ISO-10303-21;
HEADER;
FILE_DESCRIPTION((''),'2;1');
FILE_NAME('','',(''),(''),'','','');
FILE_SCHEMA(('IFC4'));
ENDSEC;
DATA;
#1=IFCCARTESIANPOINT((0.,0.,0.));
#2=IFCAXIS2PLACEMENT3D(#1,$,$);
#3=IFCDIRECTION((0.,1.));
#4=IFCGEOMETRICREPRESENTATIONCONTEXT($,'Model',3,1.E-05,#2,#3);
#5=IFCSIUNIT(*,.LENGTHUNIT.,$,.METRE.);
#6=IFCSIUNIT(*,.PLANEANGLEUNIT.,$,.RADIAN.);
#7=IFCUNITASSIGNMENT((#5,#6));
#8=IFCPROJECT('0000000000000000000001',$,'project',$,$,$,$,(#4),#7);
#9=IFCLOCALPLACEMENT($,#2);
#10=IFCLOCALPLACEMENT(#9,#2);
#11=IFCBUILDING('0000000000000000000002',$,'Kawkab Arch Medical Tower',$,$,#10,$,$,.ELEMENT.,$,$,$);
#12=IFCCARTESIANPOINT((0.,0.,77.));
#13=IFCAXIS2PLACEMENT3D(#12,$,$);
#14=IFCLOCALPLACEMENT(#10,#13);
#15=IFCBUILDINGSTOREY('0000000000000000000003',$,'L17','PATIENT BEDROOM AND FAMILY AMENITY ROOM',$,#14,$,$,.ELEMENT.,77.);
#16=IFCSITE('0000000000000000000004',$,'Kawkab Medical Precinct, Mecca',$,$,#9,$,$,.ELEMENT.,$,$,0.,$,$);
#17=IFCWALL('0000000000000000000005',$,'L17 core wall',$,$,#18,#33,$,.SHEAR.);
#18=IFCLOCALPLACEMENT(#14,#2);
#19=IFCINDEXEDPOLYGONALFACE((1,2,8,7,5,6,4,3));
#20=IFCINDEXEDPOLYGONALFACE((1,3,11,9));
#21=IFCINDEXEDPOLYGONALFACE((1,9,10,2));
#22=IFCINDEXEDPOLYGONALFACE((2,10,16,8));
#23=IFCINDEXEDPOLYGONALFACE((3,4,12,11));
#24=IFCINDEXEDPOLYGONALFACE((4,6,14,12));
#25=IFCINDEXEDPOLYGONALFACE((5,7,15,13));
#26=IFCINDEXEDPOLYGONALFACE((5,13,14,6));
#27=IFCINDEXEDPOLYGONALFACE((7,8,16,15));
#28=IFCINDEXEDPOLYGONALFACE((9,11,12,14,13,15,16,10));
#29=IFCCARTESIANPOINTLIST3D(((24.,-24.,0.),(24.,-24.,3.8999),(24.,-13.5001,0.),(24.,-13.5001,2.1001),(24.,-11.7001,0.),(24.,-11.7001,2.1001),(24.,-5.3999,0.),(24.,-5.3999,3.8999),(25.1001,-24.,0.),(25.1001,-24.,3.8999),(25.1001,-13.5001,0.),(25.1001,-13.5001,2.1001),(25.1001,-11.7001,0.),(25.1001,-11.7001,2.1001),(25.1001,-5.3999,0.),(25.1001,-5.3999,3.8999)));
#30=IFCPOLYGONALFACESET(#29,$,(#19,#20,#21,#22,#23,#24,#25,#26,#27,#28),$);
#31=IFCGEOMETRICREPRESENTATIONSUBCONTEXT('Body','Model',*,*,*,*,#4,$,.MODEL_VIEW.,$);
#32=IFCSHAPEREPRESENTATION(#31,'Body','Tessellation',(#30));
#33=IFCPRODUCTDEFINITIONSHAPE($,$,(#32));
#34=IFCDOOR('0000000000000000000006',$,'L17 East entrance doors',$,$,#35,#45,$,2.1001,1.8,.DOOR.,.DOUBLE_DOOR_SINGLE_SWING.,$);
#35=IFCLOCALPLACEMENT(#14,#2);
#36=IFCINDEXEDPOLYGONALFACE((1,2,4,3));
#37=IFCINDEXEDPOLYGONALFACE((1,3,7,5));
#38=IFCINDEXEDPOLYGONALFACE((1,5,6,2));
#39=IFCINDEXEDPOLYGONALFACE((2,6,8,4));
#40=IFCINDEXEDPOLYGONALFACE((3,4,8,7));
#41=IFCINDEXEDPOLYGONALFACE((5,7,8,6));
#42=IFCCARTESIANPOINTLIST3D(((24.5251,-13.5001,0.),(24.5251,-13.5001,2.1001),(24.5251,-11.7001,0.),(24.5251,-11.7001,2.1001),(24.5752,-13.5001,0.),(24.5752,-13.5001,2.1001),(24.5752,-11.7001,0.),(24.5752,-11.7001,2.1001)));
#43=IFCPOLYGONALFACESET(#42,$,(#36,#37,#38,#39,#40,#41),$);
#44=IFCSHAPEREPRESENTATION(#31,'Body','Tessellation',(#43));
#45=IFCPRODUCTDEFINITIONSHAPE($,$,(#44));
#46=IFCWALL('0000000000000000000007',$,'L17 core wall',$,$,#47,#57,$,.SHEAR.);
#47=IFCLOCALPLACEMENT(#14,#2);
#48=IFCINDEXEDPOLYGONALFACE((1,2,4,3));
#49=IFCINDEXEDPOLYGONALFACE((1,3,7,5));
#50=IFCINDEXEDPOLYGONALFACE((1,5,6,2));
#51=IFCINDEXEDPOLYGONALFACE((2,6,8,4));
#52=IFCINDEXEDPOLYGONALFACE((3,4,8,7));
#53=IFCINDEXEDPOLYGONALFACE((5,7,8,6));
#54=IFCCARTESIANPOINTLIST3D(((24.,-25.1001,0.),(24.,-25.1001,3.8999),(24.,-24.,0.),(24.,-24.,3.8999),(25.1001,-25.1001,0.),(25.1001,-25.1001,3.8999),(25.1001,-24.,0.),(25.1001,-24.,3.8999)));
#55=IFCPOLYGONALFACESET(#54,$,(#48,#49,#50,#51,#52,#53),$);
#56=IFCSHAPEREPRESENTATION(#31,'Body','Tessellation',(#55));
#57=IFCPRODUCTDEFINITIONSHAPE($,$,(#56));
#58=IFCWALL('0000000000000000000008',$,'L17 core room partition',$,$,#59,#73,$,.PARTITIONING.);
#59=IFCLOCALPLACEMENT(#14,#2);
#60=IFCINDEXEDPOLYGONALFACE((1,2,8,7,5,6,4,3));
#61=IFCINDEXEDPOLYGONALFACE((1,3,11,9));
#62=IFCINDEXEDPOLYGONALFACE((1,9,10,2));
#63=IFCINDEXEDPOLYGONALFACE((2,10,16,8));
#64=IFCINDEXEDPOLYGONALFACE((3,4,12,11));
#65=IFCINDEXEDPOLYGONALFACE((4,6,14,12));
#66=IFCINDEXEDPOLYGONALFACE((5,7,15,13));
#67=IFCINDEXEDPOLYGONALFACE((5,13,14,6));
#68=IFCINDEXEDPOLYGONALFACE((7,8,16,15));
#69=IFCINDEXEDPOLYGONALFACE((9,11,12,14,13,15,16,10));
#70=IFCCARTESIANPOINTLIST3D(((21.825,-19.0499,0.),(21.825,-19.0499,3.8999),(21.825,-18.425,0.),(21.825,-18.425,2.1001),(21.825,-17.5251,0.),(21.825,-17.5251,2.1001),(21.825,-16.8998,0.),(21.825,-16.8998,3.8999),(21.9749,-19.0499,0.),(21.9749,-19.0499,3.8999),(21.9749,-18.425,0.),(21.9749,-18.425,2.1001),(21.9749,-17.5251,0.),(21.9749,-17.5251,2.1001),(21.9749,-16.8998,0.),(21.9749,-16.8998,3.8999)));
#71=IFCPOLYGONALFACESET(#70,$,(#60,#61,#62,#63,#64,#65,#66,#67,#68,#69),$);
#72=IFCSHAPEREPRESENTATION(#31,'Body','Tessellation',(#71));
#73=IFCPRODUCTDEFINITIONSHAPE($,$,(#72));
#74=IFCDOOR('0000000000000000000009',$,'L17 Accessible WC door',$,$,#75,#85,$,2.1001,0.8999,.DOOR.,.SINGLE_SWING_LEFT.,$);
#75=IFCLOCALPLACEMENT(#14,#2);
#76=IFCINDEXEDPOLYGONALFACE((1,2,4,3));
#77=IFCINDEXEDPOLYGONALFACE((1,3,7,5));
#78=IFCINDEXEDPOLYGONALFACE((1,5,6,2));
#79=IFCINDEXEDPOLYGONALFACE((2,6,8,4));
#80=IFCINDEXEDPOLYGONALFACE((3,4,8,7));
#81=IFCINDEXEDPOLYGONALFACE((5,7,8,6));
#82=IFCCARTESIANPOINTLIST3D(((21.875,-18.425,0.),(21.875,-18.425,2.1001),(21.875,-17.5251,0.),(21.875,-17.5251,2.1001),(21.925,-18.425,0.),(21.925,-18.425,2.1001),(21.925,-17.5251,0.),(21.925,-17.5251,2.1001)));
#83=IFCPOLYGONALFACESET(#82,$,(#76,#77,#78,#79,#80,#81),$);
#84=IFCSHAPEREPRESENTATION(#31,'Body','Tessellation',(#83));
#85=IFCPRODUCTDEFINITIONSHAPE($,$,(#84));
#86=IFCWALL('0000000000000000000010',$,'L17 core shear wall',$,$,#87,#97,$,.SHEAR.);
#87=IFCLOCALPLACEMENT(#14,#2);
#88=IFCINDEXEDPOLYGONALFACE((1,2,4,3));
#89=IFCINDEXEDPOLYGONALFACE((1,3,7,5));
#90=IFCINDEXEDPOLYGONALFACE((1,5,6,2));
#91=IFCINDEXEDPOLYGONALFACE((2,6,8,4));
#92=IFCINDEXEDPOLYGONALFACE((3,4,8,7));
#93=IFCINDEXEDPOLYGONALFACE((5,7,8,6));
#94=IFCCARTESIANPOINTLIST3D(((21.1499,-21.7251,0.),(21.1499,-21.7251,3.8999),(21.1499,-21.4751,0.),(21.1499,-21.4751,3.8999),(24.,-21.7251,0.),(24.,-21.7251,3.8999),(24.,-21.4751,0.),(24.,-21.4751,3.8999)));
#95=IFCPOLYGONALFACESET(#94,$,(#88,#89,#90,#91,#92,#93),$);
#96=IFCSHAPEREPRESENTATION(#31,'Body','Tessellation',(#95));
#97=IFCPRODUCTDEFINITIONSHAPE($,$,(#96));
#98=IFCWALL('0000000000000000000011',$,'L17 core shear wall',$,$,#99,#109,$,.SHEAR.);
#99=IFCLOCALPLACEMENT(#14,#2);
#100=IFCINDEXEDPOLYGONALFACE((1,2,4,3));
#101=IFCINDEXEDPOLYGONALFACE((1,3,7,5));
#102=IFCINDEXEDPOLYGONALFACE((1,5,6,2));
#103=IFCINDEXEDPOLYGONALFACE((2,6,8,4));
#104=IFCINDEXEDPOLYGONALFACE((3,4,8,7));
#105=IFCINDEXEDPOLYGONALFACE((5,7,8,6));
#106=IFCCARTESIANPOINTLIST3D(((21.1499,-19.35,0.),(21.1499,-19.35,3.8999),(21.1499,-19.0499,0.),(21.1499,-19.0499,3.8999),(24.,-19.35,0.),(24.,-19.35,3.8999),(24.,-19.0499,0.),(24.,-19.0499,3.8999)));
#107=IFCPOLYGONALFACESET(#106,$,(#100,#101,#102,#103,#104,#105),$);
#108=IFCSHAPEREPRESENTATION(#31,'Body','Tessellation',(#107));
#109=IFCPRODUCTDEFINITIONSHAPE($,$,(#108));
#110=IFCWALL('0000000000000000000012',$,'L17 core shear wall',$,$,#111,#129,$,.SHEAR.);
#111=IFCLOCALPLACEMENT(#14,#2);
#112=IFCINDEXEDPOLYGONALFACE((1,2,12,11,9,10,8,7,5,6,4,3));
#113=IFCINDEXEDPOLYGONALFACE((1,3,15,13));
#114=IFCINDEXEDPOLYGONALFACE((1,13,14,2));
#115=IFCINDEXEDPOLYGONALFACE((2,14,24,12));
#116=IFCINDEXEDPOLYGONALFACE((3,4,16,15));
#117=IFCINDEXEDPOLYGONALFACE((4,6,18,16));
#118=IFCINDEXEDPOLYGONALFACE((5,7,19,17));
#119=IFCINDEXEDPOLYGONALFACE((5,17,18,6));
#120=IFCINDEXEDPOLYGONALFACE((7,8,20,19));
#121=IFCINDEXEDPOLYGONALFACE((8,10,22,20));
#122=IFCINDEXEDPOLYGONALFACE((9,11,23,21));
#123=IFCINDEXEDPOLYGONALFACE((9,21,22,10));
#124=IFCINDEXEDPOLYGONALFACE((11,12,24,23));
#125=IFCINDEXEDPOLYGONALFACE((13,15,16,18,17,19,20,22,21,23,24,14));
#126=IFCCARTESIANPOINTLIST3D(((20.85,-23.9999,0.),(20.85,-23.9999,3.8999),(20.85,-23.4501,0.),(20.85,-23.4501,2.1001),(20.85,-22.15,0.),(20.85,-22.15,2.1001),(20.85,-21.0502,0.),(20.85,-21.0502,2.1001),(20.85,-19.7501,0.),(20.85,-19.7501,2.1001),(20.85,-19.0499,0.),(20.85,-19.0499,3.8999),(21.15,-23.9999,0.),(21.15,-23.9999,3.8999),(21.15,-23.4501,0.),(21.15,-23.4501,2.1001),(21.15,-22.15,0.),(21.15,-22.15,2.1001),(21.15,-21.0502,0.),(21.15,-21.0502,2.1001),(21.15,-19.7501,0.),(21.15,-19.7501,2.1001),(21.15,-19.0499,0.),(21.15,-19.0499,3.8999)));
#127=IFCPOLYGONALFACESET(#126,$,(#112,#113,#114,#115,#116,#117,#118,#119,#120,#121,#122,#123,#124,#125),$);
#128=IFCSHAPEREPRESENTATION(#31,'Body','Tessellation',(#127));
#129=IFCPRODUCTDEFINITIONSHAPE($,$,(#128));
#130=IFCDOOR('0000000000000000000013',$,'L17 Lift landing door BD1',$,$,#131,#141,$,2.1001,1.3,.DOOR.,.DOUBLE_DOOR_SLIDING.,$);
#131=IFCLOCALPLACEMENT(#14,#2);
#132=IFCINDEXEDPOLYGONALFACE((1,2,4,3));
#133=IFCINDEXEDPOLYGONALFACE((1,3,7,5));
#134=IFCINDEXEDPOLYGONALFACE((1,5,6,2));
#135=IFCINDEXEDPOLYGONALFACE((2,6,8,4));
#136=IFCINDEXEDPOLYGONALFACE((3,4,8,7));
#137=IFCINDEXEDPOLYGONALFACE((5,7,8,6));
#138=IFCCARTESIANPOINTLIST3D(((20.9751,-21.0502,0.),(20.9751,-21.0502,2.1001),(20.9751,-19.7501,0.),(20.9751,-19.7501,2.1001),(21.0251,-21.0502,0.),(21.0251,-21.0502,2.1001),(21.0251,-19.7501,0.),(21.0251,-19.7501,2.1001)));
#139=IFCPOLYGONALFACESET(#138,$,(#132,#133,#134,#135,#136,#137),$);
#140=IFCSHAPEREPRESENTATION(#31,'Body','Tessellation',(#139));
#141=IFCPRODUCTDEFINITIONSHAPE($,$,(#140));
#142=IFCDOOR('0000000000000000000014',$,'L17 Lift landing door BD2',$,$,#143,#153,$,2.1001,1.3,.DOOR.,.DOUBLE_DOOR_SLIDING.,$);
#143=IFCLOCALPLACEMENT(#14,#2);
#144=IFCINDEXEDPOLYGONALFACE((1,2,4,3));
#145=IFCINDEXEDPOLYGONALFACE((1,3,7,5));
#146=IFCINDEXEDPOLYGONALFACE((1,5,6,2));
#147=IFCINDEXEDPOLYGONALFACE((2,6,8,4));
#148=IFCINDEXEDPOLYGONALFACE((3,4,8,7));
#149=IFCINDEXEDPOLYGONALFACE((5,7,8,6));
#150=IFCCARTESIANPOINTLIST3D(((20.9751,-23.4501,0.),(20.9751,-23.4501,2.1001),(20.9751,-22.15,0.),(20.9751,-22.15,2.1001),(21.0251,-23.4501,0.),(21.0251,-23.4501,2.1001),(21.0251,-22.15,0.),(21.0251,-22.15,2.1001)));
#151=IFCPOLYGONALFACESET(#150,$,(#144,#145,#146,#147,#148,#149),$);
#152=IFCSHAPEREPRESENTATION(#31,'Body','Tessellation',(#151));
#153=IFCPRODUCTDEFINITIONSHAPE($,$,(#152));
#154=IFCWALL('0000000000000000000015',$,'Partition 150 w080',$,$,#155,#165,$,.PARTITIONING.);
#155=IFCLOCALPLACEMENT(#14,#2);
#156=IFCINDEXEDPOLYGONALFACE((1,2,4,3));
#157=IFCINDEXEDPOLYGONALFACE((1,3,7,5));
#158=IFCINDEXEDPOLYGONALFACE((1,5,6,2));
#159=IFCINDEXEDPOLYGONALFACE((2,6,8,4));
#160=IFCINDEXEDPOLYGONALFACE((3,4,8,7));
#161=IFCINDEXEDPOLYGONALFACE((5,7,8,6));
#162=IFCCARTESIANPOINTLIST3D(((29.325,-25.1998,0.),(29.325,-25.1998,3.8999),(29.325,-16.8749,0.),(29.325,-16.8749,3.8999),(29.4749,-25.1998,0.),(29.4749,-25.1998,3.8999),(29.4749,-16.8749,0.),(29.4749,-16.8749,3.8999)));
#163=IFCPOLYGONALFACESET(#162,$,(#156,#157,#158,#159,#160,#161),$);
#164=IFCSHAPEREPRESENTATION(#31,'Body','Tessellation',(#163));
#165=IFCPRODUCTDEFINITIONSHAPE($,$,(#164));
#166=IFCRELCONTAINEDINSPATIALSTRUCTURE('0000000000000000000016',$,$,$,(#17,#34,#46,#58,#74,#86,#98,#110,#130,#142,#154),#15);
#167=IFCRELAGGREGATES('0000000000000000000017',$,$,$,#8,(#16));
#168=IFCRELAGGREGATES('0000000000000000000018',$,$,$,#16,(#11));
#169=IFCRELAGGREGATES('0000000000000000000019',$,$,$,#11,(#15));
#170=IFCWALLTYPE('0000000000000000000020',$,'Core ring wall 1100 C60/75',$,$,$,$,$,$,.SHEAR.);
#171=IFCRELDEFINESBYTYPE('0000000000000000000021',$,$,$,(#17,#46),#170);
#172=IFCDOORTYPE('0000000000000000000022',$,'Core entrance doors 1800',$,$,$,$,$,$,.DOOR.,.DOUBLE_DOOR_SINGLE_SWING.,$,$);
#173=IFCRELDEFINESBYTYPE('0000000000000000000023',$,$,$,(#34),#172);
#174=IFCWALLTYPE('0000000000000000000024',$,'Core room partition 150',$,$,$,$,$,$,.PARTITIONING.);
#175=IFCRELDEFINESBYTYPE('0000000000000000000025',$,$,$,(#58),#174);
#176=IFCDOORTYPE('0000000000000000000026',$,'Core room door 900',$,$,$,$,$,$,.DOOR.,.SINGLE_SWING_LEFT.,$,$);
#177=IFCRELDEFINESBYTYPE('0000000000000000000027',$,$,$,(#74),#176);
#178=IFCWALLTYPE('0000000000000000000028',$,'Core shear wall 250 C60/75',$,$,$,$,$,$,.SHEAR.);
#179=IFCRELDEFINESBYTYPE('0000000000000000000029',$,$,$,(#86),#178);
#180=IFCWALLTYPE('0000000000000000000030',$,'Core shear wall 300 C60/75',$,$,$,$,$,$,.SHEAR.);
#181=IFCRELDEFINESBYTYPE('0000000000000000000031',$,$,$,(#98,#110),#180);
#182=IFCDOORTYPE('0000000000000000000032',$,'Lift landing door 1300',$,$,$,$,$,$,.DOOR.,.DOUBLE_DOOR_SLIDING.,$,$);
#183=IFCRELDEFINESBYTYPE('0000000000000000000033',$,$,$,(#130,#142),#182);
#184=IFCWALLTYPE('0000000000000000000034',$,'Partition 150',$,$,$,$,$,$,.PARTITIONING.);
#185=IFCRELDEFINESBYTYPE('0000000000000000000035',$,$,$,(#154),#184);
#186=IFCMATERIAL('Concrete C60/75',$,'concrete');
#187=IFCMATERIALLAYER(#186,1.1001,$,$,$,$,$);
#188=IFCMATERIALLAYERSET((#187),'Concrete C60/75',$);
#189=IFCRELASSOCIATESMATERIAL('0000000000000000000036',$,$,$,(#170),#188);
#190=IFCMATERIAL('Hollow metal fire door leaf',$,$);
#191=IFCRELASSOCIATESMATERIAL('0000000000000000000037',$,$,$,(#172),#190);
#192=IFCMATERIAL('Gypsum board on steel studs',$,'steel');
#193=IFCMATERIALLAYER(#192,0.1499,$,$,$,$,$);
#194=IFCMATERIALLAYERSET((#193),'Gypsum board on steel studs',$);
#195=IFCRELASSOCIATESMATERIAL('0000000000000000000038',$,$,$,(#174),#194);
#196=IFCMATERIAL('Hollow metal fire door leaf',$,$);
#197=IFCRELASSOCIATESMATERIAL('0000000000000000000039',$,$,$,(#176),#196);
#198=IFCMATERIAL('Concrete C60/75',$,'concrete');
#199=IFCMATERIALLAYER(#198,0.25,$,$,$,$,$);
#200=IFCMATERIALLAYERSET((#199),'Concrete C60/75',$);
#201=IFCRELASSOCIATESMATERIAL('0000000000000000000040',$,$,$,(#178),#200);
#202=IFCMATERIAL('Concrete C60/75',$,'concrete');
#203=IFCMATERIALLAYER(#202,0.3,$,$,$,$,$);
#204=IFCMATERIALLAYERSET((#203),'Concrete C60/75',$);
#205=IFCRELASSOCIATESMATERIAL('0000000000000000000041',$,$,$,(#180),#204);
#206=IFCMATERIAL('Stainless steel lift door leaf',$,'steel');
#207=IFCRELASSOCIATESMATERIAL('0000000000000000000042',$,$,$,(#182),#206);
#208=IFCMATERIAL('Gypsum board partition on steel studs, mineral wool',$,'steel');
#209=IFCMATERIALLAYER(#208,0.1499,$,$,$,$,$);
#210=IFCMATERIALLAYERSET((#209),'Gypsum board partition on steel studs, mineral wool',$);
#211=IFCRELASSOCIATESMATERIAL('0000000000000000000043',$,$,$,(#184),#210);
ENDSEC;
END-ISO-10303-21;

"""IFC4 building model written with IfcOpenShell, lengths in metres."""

from ifc_helpers import new_model, si_unit, direction, frame, frame_2d, origin, place, context, subcontext, project, spatial, rectangle, extrude, material, layer, layer_set, type_object, element, fill, save


model = new_model("IFC4")

# Units and contexts
model_context = context("Model", 3, precision=1e-05, world=origin(), true_north=direction((0.0, 1.0)))
body_context = subcontext(model_context, "Body", "Model", "MODEL_VIEW")
ifc_project = project(units=[si_unit("LENGTHUNIT", "METRE"), si_unit("PLANEANGLEUNIT", "RADIAN")], contexts=[model_context])

# Site, building, storey
site_placement = place(None, origin())
site = spatial("IfcSite", under=ifc_project, at=site_placement, Name="Kawkab Medical Precinct, Mecca", CompositionType="ELEMENT", RefElevation=0.0)
building_placement = place(site_placement, origin())
building = spatial("IfcBuilding", under=site, at=building_placement, Name="Kawkab Arch Medical Tower", CompositionType="ELEMENT")
storey_placement = place(building_placement, frame((0.0, 0.0, 77.0)))
storey = spatial("IfcBuildingStorey", under=building, at=storey_placement, Name="L17", Description="PATIENT BEDROOM AND FAMILY AMENITY ROOM", CompositionType="ELEMENT", Elevation=77.0)

# Wall, opening, door
ifc_material_1 = material(Name="Concrete C60/75", Category="concrete")
ifc_layer_1 = layer(ifc_material_1, 1.1001)
ifc_layer_set_1 = layer_set([ifc_layer_1], Name="Concrete C60/75")
wall_type_1 = type_object("IfcWallType", Name="Core ring wall 1100 C60/75", PredefinedType="SHEAR", material=ifc_layer_set_1)
wall_1_placement = place(storey_placement, frame((24.55, -24.0, 0.0), z_axis=(0.0, 0.0, 1.0), x_axis=(0.0, 1.0, 0.0)))
wall_1 = element("IfcWall", 1, at=wall_1_placement, inside=storey, type_object=wall_type_1, Name="L17 core wall", PredefinedType="SHEAR", context=body_context, shape_type="SweptSolid", body=[
    extrude(rectangle(XDim=18.6001, YDim=1.1001, at=frame_2d((9.3, 0.0))), origin(), (0.0, 0.0, 1.0), 3.8999),
])
opening_1_placement = place(wall_1_placement, frame((10.5, 0.0, 0.0)))
opening_1 = element("IfcOpeningElement", 2, at=opening_1_placement, cuts=wall_1, PredefinedType="OPENING", context=body_context, shape_type="SweptSolid", body=[
    extrude(rectangle(XDim=1.8, YDim=2.1001, at=frame_2d((0.8999, 1.05))), frame((0.0, 0.5601, 0.0), z_axis=(0.0, -1.0, 0.0), x_axis=(1.0, 0.0, 0.0)), (0.0, 0.0, 1.0), 1.1201),
])
ifc_material_2 = material(Name="Hollow metal fire door leaf")
door_type_1 = type_object("IfcDoorType", Name="Core entrance doors 1800", OperationType="DOUBLE_DOOR_SINGLE_SWING", PredefinedType="DOOR", material=ifc_material_2)
door_1_placement = place(opening_1_placement, origin())
door_1 = element("IfcDoor", 3, at=door_1_placement, inside=storey, type_object=door_type_1, Name="L17 East entrance doors", OperationType="DOUBLE_DOOR_SINGLE_SWING", OverallHeight=2.1001, OverallWidth=1.8, PredefinedType="DOOR", context=body_context, shape_type="SweptSolid", body=[
    extrude(rectangle(XDim=1.8, YDim=2.1001, at=frame_2d((0.8999, 1.05))), frame((0.0, 0.0249, 0.0), z_axis=(0.0, -1.0, 0.0), x_axis=(1.0, 0.0, 0.0)), (0.0, 0.0, 1.0), 0.05),
])
fill(opening_1, door_1)

# Wall
wall_2_placement = place(storey_placement, frame((24.55, -25.1001, 0.0), z_axis=(0.0, 0.0, 1.0), x_axis=(0.0, 1.0, 0.0)))
element("IfcWall", 4, at=wall_2_placement, inside=storey, type_object=wall_type_1, Name="L17 core wall", PredefinedType="SHEAR", context=body_context, shape_type="SweptSolid", body=[
    extrude(rectangle(XDim=1.1001, YDim=1.1001, at=frame_2d((0.55, 0.0))), origin(), (0.0, 0.0, 1.0), 3.8999),
])

# Wall, opening, door
ifc_material_3 = material(Name="Gypsum board on steel studs", Category="steel")
ifc_layer_2 = layer(ifc_material_3, 0.1499)
ifc_layer_set_2 = layer_set([ifc_layer_2], Name="Gypsum board on steel studs")
wall_type_2 = type_object("IfcWallType", Name="Core room partition 150", PredefinedType="PARTITIONING", material=ifc_layer_set_2)
wall_3_placement = place(storey_placement, frame((21.8999, -19.05, 0.0), z_axis=(0.0, 0.0, 1.0), x_axis=(0.0, 1.0, 0.0)))
wall_3 = element("IfcWall", 5, at=wall_3_placement, inside=storey, type_object=wall_type_2, Name="L17 core room partition", PredefinedType="PARTITIONING", context=body_context, shape_type="SweptSolid", body=[
    extrude(rectangle(XDim=2.1501, YDim=0.1499, at=frame_2d((1.0752, 0.0))), origin(), (0.0, 0.0, 1.0), 3.8999),
])
opening_2_placement = place(wall_3_placement, frame((0.625, 0.0, 0.0)))
opening_2 = element("IfcOpeningElement", 6, at=opening_2_placement, cuts=wall_3, PredefinedType="OPENING", context=body_context, shape_type="SweptSolid", body=[
    extrude(rectangle(XDim=0.8999, YDim=2.1001, at=frame_2d((0.45, 1.05))), frame((0.0, 0.085, 0.0), z_axis=(0.0, -1.0, 0.0), x_axis=(1.0, 0.0, 0.0)), (0.0, 0.0, 1.0), 0.1699),
])
ifc_material_4 = material(Name="Hollow metal fire door leaf")
door_type_2 = type_object("IfcDoorType", Name="Core room door 900", OperationType="SINGLE_SWING_LEFT", PredefinedType="DOOR", material=ifc_material_4)
door_2_placement = place(opening_2_placement, origin())
door_2 = element("IfcDoor", 7, at=door_2_placement, inside=storey, type_object=door_type_2, Name="L17 Accessible WC door", OperationType="SINGLE_SWING_LEFT", OverallHeight=2.1001, OverallWidth=0.8999, PredefinedType="DOOR", context=body_context, shape_type="SweptSolid", body=[
    extrude(rectangle(XDim=0.8999, YDim=2.1001, at=frame_2d((0.45, 1.05))), frame((0.0, 0.0249, 0.0), z_axis=(0.0, -1.0, 0.0), x_axis=(1.0, 0.0, 0.0)), (0.0, 0.0, 1.0), 0.05),
])
fill(opening_2, door_2)

# Walls
ifc_material_5 = material(Name="Concrete C60/75", Category="concrete")
ifc_layer_3 = layer(ifc_material_5, 0.25)
ifc_layer_set_3 = layer_set([ifc_layer_3], Name="Concrete C60/75")
wall_type_3 = type_object("IfcWallType", Name="Core shear wall 250 C60/75", PredefinedType="SHEAR", material=ifc_layer_set_3)
wall_4_placement = place(storey_placement, frame((21.1499, -21.6001, 0.0), z_axis=(0.0, 0.0, 1.0), x_axis=(1.0, 0.0, 0.0)))
element("IfcWall", 8, at=wall_4_placement, inside=storey, type_object=wall_type_3, Name="L17 core shear wall", PredefinedType="SHEAR", context=body_context, shape_type="SweptSolid", body=[
    extrude(rectangle(XDim=2.8501, YDim=0.25, at=frame_2d((1.425, 0.0))), origin(), (0.0, 0.0, 1.0), 3.8999),
])
ifc_material_6 = material(Name="Concrete C60/75", Category="concrete")
ifc_layer_4 = layer(ifc_material_6, 0.3)
ifc_layer_set_4 = layer_set([ifc_layer_4], Name="Concrete C60/75")
wall_type_4 = type_object("IfcWallType", Name="Core shear wall 300 C60/75", PredefinedType="SHEAR", material=ifc_layer_set_4)
wall_5_placement = place(storey_placement, frame((21.1499, -19.2, 0.0), z_axis=(0.0, 0.0, 1.0), x_axis=(1.0, 0.0, 0.0)))
element("IfcWall", 9, at=wall_5_placement, inside=storey, type_object=wall_type_4, Name="L17 core shear wall", PredefinedType="SHEAR", context=body_context, shape_type="SweptSolid", body=[
    extrude(rectangle(XDim=2.8501, YDim=0.3, at=frame_2d((1.425, 0.0))), origin(), (0.0, 0.0, 1.0), 3.8999),
])

# Wall, openings, doors
wall_6_placement = place(storey_placement, frame((21.0, -24.0, 0.0), z_axis=(0.0, 0.0, 1.0), x_axis=(0.0, 1.0, 0.0)))
wall_6 = element("IfcWall", 10, at=wall_6_placement, inside=storey, type_object=wall_type_4, Name="L17 core shear wall", PredefinedType="SHEAR", context=body_context, shape_type="SweptSolid", body=[
    extrude(rectangle(XDim=4.95, YDim=0.3, at=frame_2d((2.4751, 0.0))), origin(), (0.0, 0.0, 1.0), 3.8999),
])
opening_3_placement = place(wall_6_placement, frame((2.95, 0.0, 0.0)))
opening_3 = element("IfcOpeningElement", 11, at=opening_3_placement, cuts=wall_6, PredefinedType="OPENING", context=body_context, shape_type="SweptSolid", body=[
    extrude(rectangle(XDim=1.3, YDim=2.1001, at=frame_2d((0.6499, 1.05))), frame((0.0, 0.1599, 0.0), z_axis=(0.0, -1.0, 0.0), x_axis=(1.0, 0.0, 0.0)), (0.0, 0.0, 1.0), 0.3201),
])
opening_4_placement = place(wall_6_placement, frame((0.55, 0.0, 0.0)))
opening_4 = element("IfcOpeningElement", 12, at=opening_4_placement, cuts=wall_6, PredefinedType="OPENING", context=body_context, shape_type="SweptSolid", body=[
    extrude(rectangle(XDim=1.3, YDim=2.1001, at=frame_2d((0.6499, 1.05))), frame((0.0, 0.1599, 0.0), z_axis=(0.0, -1.0, 0.0), x_axis=(1.0, 0.0, 0.0)), (0.0, 0.0, 1.0), 0.3201),
])
ifc_material_7 = material(Name="Stainless steel lift door leaf", Category="steel")
door_type_3 = type_object("IfcDoorType", Name="Lift landing door 1300", OperationType="DOUBLE_DOOR_SLIDING", PredefinedType="DOOR", material=ifc_material_7)
door_3_placement = place(opening_3_placement, origin())
door_3 = element("IfcDoor", 13, at=door_3_placement, inside=storey, type_object=door_type_3, Name="L17 Lift landing door BD1", OperationType="DOUBLE_DOOR_SLIDING", OverallHeight=2.1001, OverallWidth=1.3, PredefinedType="DOOR", context=body_context, shape_type="SweptSolid", body=[
    extrude(rectangle(XDim=1.3, YDim=2.1001, at=frame_2d((0.6499, 1.05))), frame((0.0, 0.0249, 0.0), z_axis=(0.0, -1.0, 0.0), x_axis=(1.0, 0.0, 0.0)), (0.0, 0.0, 1.0), 0.05),
])
fill(opening_3, door_3)
door_4_placement = place(opening_4_placement, origin())
door_4 = element("IfcDoor", 14, at=door_4_placement, inside=storey, type_object=door_type_3, Name="L17 Lift landing door BD2", OperationType="DOUBLE_DOOR_SLIDING", OverallHeight=2.1001, OverallWidth=1.3, PredefinedType="DOOR", context=body_context, shape_type="SweptSolid", body=[
    extrude(rectangle(XDim=1.3, YDim=2.1001, at=frame_2d((0.6499, 1.05))), frame((0.0, 0.0249, 0.0), z_axis=(0.0, -1.0, 0.0), x_axis=(1.0, 0.0, 0.0)), (0.0, 0.0, 1.0), 0.05),
])
fill(opening_4, door_4)
ifc_material_8 = material(Name="Gypsum board partition on steel studs, mineral wool", Category="steel")
ifc_layer_5 = layer(ifc_material_8, 0.1499)
ifc_layer_set_5 = layer_set([ifc_layer_5], Name="Gypsum board partition on steel studs, mineral wool")
wall_type_5 = type_object("IfcWallType", Name="Partition 150", PredefinedType="PARTITIONING", material=ifc_layer_set_5)

# Wall
wall_7_placement = place(storey_placement, frame((29.3999, -25.2, 0.0), z_axis=(0.0, 0.0, 1.0), x_axis=(0.0, 1.0, 0.0)))
element("IfcWall", 15, at=wall_7_placement, inside=storey, type_object=wall_type_5, Name="Partition 150 w080", PredefinedType="PARTITIONING", context=body_context, shape_type="SweptSolid", body=[
    extrude(rectangle(XDim=8.325, YDim=0.1499, at=frame_2d((4.1626, 0.0))), origin(), (0.0, 0.0, 1.0), 3.8999),
])

save(model, "model.ifc")
